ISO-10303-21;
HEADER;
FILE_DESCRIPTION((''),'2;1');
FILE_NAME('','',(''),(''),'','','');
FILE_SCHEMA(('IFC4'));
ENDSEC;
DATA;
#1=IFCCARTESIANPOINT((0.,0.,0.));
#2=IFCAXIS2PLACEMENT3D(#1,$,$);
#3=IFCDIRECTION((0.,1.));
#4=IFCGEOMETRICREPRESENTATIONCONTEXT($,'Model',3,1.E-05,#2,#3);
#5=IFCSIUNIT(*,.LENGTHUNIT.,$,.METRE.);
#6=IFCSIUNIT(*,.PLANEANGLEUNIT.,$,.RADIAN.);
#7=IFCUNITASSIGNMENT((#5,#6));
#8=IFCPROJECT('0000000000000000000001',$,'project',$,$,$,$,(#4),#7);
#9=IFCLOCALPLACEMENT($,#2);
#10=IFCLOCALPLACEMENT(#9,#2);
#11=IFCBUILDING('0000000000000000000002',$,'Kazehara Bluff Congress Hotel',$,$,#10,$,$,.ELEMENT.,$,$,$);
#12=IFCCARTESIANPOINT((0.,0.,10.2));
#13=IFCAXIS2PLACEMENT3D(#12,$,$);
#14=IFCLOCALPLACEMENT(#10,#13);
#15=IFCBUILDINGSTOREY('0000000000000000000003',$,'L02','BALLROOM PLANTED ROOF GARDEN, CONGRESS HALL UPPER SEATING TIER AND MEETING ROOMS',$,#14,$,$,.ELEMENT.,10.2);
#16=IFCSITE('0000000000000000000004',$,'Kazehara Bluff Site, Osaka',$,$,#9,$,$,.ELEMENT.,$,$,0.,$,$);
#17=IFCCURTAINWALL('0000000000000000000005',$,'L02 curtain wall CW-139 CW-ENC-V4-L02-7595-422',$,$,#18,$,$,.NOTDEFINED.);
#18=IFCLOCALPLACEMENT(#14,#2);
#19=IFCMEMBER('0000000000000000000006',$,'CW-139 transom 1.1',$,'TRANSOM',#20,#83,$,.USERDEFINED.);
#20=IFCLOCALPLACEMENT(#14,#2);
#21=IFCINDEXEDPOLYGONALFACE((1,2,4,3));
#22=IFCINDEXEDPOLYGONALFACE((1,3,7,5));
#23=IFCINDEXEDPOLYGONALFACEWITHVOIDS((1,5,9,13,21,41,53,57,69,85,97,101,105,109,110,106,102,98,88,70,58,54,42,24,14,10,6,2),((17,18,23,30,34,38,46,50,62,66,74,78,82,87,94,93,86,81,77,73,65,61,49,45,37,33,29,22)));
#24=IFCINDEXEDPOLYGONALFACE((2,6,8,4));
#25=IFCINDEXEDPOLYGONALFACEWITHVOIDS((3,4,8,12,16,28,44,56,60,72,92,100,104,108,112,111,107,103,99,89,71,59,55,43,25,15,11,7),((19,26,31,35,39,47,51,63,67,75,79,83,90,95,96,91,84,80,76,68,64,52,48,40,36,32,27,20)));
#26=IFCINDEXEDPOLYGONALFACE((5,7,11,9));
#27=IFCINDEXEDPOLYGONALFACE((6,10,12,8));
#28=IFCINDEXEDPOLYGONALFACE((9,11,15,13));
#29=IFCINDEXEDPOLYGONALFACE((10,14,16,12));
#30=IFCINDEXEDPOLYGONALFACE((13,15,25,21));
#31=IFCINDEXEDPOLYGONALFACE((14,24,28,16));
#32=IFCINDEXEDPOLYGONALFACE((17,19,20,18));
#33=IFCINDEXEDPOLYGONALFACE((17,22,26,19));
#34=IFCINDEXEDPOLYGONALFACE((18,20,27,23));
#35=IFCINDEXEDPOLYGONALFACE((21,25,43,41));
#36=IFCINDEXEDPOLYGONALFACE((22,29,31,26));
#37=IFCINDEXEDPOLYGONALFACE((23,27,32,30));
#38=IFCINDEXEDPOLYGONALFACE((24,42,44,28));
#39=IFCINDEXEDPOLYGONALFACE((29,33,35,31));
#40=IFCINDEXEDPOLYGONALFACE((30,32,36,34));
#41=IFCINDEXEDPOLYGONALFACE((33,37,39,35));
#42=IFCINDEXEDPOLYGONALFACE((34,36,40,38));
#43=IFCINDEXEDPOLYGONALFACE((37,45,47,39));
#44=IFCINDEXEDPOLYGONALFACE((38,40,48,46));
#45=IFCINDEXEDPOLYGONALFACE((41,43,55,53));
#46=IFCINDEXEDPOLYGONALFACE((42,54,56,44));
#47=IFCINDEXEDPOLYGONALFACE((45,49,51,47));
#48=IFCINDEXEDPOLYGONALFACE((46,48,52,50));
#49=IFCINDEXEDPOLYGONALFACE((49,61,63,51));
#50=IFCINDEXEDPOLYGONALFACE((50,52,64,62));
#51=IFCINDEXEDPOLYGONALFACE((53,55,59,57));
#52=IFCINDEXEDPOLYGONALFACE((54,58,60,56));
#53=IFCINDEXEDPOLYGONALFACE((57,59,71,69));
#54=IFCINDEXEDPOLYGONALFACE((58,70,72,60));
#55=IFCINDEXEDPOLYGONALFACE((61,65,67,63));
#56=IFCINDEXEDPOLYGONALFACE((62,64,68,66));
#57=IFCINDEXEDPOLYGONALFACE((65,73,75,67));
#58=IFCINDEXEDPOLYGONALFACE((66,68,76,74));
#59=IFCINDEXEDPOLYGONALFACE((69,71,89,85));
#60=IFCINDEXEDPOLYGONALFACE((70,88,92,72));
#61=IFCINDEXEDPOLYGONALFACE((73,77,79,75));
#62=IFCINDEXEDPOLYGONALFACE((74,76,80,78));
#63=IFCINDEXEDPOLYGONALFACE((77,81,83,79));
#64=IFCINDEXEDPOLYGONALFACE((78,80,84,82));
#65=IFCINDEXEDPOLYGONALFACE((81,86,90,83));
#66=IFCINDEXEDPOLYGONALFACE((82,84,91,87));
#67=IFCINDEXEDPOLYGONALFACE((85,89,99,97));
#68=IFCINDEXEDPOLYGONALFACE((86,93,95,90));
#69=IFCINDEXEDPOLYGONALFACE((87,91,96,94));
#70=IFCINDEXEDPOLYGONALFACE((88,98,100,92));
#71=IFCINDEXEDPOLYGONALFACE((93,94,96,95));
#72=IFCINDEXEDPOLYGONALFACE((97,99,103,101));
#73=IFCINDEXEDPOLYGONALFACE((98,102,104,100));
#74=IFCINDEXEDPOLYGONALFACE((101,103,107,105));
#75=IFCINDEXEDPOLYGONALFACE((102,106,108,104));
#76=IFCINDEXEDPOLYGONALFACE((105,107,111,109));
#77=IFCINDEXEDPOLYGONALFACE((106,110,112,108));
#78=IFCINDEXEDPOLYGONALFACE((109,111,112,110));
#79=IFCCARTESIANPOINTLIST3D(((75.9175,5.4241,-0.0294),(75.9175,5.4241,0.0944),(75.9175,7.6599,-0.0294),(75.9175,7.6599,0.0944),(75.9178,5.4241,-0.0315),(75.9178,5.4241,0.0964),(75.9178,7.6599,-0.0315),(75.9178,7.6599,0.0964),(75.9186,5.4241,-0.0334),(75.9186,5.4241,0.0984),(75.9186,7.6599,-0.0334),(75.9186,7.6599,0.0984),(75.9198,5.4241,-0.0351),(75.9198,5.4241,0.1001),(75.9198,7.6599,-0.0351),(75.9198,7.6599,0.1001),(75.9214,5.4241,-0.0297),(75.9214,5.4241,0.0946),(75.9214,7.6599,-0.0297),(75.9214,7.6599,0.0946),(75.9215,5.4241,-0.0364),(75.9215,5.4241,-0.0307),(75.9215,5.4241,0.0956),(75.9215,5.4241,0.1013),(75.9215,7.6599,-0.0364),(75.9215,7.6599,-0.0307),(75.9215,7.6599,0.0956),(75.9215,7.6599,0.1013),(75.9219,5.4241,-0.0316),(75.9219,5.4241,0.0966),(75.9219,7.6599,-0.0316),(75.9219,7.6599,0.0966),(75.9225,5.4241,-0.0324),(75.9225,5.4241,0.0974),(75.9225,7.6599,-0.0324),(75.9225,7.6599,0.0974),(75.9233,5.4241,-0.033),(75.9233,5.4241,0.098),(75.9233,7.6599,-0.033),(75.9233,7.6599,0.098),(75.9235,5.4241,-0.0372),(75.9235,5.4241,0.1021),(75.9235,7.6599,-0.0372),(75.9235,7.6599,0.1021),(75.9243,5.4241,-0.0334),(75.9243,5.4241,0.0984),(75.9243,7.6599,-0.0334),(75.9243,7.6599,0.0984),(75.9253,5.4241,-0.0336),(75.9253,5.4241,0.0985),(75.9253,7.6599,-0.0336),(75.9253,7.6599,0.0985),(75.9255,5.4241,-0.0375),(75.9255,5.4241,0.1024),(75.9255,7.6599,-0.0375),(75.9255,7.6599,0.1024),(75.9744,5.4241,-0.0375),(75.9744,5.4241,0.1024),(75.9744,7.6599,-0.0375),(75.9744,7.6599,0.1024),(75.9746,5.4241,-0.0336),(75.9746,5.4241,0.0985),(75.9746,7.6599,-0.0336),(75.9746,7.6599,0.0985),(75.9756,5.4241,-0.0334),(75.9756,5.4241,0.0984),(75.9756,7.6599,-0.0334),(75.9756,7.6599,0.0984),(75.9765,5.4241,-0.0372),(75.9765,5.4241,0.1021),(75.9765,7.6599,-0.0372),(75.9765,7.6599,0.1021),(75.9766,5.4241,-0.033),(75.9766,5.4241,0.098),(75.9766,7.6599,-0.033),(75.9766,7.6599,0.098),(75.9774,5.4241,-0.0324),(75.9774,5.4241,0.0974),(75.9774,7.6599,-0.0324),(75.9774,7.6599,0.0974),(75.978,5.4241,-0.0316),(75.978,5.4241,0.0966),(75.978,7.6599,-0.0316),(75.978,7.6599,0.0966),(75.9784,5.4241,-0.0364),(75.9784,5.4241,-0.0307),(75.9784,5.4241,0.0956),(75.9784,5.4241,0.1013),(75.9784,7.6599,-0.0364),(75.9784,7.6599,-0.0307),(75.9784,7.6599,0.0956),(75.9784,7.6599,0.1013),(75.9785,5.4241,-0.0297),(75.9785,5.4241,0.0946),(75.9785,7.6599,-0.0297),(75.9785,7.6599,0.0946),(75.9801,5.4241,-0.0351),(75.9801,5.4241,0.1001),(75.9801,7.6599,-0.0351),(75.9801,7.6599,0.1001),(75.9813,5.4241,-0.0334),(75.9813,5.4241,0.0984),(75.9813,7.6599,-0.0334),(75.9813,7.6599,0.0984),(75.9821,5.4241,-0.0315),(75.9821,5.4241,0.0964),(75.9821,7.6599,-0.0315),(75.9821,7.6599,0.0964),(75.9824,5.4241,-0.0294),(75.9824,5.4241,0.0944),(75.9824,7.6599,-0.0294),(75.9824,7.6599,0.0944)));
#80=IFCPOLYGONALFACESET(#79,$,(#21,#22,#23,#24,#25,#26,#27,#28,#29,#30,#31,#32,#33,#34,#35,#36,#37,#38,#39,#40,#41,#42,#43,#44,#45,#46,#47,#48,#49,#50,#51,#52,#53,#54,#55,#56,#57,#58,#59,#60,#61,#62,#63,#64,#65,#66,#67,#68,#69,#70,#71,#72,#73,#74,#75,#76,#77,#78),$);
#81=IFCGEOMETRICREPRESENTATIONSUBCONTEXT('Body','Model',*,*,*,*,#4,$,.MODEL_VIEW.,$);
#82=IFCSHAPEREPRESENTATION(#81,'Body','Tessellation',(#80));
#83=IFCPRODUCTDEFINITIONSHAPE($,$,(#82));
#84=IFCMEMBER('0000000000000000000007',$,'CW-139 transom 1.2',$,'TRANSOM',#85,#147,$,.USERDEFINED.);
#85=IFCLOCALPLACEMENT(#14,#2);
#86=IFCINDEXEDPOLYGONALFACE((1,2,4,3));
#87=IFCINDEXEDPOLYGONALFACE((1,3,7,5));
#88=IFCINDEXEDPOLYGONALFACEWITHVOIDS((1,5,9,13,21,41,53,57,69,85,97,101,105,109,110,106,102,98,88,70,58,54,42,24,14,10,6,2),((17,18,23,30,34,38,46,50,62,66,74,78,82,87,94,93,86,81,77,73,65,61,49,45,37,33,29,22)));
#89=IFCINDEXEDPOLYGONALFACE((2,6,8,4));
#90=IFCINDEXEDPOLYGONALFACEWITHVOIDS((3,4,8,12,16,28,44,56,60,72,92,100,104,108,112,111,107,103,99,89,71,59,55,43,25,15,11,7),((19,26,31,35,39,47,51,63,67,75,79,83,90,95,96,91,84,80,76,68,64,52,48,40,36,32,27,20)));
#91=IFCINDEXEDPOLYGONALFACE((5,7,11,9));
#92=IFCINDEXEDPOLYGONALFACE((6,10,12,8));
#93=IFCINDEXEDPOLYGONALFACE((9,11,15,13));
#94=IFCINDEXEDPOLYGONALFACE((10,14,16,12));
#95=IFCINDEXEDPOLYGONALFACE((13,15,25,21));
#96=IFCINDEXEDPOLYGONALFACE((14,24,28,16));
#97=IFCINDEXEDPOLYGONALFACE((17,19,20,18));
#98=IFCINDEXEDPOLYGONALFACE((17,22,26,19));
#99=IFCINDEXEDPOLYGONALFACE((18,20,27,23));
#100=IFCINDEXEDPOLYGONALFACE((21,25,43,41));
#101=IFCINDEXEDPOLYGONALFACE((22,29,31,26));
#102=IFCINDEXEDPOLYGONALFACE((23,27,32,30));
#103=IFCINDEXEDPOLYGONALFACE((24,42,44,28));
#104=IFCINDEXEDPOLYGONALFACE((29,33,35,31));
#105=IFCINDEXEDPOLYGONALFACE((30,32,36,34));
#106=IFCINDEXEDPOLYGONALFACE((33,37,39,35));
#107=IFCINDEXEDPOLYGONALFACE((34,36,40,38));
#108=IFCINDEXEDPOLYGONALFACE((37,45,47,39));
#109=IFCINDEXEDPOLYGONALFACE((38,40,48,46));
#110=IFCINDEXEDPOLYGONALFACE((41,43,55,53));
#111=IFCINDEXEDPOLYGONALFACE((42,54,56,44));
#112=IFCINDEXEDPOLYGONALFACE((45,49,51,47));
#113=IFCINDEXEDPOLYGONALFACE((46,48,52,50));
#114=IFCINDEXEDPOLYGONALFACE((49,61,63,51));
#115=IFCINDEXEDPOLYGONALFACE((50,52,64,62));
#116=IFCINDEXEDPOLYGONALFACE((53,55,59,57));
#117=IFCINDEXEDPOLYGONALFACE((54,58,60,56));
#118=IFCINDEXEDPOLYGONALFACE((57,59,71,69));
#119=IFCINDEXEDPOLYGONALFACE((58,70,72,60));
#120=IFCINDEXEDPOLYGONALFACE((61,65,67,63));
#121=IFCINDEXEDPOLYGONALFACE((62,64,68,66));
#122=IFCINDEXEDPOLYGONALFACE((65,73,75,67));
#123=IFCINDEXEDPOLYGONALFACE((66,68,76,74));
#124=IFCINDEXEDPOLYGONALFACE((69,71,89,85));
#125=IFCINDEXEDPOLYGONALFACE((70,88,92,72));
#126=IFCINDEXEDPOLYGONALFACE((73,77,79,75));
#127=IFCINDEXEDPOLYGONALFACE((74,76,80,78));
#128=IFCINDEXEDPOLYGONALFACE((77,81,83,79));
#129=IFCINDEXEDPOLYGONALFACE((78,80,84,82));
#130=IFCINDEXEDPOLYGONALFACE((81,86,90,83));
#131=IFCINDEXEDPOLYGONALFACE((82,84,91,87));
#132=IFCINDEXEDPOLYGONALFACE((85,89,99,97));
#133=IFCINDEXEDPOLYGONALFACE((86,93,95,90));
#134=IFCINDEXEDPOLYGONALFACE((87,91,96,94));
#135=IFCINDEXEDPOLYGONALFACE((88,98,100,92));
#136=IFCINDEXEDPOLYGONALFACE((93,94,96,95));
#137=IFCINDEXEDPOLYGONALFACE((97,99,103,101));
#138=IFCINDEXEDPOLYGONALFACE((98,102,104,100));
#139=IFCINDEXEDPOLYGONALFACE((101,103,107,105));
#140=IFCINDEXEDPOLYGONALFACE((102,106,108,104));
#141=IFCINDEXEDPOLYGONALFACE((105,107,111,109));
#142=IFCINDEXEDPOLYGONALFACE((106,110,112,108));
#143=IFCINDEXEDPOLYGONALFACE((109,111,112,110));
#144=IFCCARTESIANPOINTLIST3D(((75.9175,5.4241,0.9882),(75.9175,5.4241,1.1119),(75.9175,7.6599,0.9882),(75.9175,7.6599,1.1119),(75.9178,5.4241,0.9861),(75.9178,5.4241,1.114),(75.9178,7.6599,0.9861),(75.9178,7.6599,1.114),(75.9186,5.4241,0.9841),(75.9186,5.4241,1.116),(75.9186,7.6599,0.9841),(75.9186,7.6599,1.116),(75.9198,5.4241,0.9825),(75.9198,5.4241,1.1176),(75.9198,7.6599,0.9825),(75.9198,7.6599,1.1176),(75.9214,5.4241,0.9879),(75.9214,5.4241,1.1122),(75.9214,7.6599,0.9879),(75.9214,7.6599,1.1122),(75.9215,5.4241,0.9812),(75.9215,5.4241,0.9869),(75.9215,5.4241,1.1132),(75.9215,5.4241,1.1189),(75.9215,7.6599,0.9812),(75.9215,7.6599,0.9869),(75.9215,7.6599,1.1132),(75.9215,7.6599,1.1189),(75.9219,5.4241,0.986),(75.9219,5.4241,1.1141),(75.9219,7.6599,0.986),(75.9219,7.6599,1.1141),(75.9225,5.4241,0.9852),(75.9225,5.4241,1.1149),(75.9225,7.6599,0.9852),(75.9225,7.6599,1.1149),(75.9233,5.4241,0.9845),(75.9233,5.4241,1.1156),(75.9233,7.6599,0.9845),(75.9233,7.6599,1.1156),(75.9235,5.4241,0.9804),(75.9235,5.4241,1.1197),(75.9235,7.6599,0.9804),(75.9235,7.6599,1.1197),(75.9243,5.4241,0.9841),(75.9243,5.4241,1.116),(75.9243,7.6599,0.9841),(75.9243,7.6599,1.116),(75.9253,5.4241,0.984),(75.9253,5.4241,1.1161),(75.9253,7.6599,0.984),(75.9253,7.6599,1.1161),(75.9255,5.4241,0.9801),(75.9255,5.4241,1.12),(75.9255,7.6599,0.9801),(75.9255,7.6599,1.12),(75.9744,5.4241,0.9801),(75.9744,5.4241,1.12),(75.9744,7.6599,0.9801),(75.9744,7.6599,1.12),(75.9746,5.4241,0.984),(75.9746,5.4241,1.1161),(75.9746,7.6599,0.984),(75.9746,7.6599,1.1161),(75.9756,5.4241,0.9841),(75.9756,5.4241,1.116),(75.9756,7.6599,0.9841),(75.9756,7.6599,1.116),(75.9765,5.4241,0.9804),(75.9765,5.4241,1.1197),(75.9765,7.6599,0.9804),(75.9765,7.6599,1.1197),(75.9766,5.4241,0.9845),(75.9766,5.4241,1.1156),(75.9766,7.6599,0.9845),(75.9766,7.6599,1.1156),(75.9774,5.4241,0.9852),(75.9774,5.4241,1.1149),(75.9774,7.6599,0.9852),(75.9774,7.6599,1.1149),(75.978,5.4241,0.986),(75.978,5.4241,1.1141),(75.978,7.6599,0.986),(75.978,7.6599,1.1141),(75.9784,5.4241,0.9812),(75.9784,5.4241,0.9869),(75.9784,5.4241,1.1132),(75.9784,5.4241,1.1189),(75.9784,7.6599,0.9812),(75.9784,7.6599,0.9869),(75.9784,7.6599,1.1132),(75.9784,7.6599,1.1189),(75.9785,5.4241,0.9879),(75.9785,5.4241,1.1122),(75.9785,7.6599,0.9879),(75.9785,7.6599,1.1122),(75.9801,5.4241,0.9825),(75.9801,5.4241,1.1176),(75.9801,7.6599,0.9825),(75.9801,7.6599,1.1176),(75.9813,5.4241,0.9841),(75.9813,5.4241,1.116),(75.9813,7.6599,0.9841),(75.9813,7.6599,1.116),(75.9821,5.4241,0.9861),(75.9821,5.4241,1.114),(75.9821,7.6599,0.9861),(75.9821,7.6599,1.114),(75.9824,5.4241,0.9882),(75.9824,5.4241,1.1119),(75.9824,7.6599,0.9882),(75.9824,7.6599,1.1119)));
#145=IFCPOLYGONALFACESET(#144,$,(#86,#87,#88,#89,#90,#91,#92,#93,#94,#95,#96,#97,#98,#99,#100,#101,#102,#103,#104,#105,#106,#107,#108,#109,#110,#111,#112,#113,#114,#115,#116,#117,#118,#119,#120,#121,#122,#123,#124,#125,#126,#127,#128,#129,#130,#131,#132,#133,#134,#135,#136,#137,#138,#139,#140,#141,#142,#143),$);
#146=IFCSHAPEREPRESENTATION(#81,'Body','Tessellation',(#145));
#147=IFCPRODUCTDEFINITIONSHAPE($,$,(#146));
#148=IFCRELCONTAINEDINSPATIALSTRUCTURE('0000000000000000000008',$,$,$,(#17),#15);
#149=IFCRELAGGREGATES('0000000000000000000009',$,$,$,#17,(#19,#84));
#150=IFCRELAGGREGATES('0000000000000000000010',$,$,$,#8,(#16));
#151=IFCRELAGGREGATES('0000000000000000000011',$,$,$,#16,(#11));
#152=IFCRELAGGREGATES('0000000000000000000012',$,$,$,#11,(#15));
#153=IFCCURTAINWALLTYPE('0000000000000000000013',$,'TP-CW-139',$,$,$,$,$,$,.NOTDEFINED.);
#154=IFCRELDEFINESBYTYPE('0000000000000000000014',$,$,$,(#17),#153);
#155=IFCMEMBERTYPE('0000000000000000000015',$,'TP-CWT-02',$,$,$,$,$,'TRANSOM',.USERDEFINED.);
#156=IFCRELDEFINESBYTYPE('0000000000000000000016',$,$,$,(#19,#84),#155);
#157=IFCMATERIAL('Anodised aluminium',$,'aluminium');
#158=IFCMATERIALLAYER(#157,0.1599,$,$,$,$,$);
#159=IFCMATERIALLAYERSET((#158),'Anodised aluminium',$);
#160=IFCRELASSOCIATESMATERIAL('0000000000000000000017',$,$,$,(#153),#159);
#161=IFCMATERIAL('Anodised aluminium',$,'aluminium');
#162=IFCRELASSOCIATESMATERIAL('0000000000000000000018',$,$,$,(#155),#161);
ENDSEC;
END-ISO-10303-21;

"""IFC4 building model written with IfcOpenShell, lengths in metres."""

from ifc_helpers import new_model, si_unit, direction, frame, origin, origin_2d, place, context, subcontext, project, spatial, hollow_rectangle, extrude, material, layer, layer_set, material_profile, profile_set, type_object, element, aggregate, save


model = new_model("IFC4")

# Units and contexts
model_context = context("Model", 3, precision=1e-05, world=origin(), true_north=direction((0.0, 1.0)))
body_context = subcontext(model_context, "Body", "Model", "MODEL_VIEW")
ifc_project = project(units=[si_unit("LENGTHUNIT", "METRE"), si_unit("PLANEANGLEUNIT", "RADIAN")], contexts=[model_context])

# Site, building, storey
site_placement = place(None, origin())
site = spatial("IfcSite", under=ifc_project, at=site_placement, Name="Kazehara Bluff Site, Osaka", CompositionType="ELEMENT", RefElevation=0.0)
building_placement = place(site_placement, origin())
building = spatial("IfcBuilding", under=site, at=building_placement, Name="Kazehara Bluff Congress Hotel", CompositionType="ELEMENT")
storey_placement = place(building_placement, frame((0.0, 0.0, 10.2)))
storey = spatial("IfcBuildingStorey", under=building, at=storey_placement, Name="L02", Description="BALLROOM PLANTED ROOF GARDEN, CONGRESS HALL UPPER SEATING TIER AND MEETING ROOMS", CompositionType="ELEMENT", Elevation=10.2)

# Curtain wall, members
ifc_material_1 = material(Name="Anodised aluminium", Category="aluminium")
ifc_layer_1 = layer(ifc_material_1, 0.1599)
ifc_layer_set_1 = layer_set([ifc_layer_1], Name="Anodised aluminium")
curtain_wall_type = type_object("IfcCurtainWallType", Name="TP-CW-139", PredefinedType="NOTDEFINED", material=ifc_layer_set_1)
curtain_wall_placement = place(storey_placement, origin())
curtain_wall = element("IfcCurtainWall", 1, at=curtain_wall_placement, inside=storey, type_object=curtain_wall_type, Name="L02 curtain wall CW-139 CW-ENC-V4-L02-7595-422", PredefinedType="NOTDEFINED")
ifc_material_2 = material(Name="Anodised aluminium", Category="aluminium")
ifc_material_profile_1 = material_profile(ifc_material_2, hollow_rectangle(XDim=0.0649, YDim=0.1399, WallThickness=0.0039, InnerFilletRadius=0.0039, OuterFilletRadius=0.0081, at=origin_2d()))
ifc_profile_set_1 = profile_set([ifc_material_profile_1], Name="Anodised aluminium")
member_type_1 = type_object("IfcMemberType", Name="TP-CWT-02", ElementType="TRANSOM", PredefinedType="USERDEFINED", material=ifc_profile_set_1)
member_1_placement = place(storey_placement, frame((75.95, 7.6599, 0.0325), z_axis=(0.0, -1.0, 0.0), x_axis=(1.0, 0.0, 0.0)))
member_1 = element("IfcMember", 2, at=member_1_placement, type_object=member_type_1, Name="CW-139 transom 1.1", ObjectType="TRANSOM", PredefinedType="USERDEFINED", context=body_context, shape_type="SweptSolid", body=[
    extrude(hollow_rectangle(XDim=0.0649, YDim=0.1399, WallThickness=0.0039, InnerFilletRadius=0.0039, OuterFilletRadius=0.0081, at=origin_2d()), origin(), (0.0, 0.0, 1.0), 2.2358),
])
member_2_placement = place(storey_placement, frame((75.95, 7.6599, 1.05), z_axis=(0.0, -1.0, 0.0), x_axis=(1.0, 0.0, 0.0)))
member_2 = element("IfcMember", 3, at=member_2_placement, type_object=member_type_1, Name="CW-139 transom 1.2", ObjectType="TRANSOM", PredefinedType="USERDEFINED", context=body_context, shape_type="SweptSolid", body=[
    extrude(hollow_rectangle(XDim=0.0649, YDim=0.1399, WallThickness=0.0039, InnerFilletRadius=0.0039, OuterFilletRadius=0.0081, at=origin_2d()), origin(), (0.0, 0.0, 1.0), 2.2358),
])

aggregate(curtain_wall, [member_1, member_2])

save(model, "model.ifc")
